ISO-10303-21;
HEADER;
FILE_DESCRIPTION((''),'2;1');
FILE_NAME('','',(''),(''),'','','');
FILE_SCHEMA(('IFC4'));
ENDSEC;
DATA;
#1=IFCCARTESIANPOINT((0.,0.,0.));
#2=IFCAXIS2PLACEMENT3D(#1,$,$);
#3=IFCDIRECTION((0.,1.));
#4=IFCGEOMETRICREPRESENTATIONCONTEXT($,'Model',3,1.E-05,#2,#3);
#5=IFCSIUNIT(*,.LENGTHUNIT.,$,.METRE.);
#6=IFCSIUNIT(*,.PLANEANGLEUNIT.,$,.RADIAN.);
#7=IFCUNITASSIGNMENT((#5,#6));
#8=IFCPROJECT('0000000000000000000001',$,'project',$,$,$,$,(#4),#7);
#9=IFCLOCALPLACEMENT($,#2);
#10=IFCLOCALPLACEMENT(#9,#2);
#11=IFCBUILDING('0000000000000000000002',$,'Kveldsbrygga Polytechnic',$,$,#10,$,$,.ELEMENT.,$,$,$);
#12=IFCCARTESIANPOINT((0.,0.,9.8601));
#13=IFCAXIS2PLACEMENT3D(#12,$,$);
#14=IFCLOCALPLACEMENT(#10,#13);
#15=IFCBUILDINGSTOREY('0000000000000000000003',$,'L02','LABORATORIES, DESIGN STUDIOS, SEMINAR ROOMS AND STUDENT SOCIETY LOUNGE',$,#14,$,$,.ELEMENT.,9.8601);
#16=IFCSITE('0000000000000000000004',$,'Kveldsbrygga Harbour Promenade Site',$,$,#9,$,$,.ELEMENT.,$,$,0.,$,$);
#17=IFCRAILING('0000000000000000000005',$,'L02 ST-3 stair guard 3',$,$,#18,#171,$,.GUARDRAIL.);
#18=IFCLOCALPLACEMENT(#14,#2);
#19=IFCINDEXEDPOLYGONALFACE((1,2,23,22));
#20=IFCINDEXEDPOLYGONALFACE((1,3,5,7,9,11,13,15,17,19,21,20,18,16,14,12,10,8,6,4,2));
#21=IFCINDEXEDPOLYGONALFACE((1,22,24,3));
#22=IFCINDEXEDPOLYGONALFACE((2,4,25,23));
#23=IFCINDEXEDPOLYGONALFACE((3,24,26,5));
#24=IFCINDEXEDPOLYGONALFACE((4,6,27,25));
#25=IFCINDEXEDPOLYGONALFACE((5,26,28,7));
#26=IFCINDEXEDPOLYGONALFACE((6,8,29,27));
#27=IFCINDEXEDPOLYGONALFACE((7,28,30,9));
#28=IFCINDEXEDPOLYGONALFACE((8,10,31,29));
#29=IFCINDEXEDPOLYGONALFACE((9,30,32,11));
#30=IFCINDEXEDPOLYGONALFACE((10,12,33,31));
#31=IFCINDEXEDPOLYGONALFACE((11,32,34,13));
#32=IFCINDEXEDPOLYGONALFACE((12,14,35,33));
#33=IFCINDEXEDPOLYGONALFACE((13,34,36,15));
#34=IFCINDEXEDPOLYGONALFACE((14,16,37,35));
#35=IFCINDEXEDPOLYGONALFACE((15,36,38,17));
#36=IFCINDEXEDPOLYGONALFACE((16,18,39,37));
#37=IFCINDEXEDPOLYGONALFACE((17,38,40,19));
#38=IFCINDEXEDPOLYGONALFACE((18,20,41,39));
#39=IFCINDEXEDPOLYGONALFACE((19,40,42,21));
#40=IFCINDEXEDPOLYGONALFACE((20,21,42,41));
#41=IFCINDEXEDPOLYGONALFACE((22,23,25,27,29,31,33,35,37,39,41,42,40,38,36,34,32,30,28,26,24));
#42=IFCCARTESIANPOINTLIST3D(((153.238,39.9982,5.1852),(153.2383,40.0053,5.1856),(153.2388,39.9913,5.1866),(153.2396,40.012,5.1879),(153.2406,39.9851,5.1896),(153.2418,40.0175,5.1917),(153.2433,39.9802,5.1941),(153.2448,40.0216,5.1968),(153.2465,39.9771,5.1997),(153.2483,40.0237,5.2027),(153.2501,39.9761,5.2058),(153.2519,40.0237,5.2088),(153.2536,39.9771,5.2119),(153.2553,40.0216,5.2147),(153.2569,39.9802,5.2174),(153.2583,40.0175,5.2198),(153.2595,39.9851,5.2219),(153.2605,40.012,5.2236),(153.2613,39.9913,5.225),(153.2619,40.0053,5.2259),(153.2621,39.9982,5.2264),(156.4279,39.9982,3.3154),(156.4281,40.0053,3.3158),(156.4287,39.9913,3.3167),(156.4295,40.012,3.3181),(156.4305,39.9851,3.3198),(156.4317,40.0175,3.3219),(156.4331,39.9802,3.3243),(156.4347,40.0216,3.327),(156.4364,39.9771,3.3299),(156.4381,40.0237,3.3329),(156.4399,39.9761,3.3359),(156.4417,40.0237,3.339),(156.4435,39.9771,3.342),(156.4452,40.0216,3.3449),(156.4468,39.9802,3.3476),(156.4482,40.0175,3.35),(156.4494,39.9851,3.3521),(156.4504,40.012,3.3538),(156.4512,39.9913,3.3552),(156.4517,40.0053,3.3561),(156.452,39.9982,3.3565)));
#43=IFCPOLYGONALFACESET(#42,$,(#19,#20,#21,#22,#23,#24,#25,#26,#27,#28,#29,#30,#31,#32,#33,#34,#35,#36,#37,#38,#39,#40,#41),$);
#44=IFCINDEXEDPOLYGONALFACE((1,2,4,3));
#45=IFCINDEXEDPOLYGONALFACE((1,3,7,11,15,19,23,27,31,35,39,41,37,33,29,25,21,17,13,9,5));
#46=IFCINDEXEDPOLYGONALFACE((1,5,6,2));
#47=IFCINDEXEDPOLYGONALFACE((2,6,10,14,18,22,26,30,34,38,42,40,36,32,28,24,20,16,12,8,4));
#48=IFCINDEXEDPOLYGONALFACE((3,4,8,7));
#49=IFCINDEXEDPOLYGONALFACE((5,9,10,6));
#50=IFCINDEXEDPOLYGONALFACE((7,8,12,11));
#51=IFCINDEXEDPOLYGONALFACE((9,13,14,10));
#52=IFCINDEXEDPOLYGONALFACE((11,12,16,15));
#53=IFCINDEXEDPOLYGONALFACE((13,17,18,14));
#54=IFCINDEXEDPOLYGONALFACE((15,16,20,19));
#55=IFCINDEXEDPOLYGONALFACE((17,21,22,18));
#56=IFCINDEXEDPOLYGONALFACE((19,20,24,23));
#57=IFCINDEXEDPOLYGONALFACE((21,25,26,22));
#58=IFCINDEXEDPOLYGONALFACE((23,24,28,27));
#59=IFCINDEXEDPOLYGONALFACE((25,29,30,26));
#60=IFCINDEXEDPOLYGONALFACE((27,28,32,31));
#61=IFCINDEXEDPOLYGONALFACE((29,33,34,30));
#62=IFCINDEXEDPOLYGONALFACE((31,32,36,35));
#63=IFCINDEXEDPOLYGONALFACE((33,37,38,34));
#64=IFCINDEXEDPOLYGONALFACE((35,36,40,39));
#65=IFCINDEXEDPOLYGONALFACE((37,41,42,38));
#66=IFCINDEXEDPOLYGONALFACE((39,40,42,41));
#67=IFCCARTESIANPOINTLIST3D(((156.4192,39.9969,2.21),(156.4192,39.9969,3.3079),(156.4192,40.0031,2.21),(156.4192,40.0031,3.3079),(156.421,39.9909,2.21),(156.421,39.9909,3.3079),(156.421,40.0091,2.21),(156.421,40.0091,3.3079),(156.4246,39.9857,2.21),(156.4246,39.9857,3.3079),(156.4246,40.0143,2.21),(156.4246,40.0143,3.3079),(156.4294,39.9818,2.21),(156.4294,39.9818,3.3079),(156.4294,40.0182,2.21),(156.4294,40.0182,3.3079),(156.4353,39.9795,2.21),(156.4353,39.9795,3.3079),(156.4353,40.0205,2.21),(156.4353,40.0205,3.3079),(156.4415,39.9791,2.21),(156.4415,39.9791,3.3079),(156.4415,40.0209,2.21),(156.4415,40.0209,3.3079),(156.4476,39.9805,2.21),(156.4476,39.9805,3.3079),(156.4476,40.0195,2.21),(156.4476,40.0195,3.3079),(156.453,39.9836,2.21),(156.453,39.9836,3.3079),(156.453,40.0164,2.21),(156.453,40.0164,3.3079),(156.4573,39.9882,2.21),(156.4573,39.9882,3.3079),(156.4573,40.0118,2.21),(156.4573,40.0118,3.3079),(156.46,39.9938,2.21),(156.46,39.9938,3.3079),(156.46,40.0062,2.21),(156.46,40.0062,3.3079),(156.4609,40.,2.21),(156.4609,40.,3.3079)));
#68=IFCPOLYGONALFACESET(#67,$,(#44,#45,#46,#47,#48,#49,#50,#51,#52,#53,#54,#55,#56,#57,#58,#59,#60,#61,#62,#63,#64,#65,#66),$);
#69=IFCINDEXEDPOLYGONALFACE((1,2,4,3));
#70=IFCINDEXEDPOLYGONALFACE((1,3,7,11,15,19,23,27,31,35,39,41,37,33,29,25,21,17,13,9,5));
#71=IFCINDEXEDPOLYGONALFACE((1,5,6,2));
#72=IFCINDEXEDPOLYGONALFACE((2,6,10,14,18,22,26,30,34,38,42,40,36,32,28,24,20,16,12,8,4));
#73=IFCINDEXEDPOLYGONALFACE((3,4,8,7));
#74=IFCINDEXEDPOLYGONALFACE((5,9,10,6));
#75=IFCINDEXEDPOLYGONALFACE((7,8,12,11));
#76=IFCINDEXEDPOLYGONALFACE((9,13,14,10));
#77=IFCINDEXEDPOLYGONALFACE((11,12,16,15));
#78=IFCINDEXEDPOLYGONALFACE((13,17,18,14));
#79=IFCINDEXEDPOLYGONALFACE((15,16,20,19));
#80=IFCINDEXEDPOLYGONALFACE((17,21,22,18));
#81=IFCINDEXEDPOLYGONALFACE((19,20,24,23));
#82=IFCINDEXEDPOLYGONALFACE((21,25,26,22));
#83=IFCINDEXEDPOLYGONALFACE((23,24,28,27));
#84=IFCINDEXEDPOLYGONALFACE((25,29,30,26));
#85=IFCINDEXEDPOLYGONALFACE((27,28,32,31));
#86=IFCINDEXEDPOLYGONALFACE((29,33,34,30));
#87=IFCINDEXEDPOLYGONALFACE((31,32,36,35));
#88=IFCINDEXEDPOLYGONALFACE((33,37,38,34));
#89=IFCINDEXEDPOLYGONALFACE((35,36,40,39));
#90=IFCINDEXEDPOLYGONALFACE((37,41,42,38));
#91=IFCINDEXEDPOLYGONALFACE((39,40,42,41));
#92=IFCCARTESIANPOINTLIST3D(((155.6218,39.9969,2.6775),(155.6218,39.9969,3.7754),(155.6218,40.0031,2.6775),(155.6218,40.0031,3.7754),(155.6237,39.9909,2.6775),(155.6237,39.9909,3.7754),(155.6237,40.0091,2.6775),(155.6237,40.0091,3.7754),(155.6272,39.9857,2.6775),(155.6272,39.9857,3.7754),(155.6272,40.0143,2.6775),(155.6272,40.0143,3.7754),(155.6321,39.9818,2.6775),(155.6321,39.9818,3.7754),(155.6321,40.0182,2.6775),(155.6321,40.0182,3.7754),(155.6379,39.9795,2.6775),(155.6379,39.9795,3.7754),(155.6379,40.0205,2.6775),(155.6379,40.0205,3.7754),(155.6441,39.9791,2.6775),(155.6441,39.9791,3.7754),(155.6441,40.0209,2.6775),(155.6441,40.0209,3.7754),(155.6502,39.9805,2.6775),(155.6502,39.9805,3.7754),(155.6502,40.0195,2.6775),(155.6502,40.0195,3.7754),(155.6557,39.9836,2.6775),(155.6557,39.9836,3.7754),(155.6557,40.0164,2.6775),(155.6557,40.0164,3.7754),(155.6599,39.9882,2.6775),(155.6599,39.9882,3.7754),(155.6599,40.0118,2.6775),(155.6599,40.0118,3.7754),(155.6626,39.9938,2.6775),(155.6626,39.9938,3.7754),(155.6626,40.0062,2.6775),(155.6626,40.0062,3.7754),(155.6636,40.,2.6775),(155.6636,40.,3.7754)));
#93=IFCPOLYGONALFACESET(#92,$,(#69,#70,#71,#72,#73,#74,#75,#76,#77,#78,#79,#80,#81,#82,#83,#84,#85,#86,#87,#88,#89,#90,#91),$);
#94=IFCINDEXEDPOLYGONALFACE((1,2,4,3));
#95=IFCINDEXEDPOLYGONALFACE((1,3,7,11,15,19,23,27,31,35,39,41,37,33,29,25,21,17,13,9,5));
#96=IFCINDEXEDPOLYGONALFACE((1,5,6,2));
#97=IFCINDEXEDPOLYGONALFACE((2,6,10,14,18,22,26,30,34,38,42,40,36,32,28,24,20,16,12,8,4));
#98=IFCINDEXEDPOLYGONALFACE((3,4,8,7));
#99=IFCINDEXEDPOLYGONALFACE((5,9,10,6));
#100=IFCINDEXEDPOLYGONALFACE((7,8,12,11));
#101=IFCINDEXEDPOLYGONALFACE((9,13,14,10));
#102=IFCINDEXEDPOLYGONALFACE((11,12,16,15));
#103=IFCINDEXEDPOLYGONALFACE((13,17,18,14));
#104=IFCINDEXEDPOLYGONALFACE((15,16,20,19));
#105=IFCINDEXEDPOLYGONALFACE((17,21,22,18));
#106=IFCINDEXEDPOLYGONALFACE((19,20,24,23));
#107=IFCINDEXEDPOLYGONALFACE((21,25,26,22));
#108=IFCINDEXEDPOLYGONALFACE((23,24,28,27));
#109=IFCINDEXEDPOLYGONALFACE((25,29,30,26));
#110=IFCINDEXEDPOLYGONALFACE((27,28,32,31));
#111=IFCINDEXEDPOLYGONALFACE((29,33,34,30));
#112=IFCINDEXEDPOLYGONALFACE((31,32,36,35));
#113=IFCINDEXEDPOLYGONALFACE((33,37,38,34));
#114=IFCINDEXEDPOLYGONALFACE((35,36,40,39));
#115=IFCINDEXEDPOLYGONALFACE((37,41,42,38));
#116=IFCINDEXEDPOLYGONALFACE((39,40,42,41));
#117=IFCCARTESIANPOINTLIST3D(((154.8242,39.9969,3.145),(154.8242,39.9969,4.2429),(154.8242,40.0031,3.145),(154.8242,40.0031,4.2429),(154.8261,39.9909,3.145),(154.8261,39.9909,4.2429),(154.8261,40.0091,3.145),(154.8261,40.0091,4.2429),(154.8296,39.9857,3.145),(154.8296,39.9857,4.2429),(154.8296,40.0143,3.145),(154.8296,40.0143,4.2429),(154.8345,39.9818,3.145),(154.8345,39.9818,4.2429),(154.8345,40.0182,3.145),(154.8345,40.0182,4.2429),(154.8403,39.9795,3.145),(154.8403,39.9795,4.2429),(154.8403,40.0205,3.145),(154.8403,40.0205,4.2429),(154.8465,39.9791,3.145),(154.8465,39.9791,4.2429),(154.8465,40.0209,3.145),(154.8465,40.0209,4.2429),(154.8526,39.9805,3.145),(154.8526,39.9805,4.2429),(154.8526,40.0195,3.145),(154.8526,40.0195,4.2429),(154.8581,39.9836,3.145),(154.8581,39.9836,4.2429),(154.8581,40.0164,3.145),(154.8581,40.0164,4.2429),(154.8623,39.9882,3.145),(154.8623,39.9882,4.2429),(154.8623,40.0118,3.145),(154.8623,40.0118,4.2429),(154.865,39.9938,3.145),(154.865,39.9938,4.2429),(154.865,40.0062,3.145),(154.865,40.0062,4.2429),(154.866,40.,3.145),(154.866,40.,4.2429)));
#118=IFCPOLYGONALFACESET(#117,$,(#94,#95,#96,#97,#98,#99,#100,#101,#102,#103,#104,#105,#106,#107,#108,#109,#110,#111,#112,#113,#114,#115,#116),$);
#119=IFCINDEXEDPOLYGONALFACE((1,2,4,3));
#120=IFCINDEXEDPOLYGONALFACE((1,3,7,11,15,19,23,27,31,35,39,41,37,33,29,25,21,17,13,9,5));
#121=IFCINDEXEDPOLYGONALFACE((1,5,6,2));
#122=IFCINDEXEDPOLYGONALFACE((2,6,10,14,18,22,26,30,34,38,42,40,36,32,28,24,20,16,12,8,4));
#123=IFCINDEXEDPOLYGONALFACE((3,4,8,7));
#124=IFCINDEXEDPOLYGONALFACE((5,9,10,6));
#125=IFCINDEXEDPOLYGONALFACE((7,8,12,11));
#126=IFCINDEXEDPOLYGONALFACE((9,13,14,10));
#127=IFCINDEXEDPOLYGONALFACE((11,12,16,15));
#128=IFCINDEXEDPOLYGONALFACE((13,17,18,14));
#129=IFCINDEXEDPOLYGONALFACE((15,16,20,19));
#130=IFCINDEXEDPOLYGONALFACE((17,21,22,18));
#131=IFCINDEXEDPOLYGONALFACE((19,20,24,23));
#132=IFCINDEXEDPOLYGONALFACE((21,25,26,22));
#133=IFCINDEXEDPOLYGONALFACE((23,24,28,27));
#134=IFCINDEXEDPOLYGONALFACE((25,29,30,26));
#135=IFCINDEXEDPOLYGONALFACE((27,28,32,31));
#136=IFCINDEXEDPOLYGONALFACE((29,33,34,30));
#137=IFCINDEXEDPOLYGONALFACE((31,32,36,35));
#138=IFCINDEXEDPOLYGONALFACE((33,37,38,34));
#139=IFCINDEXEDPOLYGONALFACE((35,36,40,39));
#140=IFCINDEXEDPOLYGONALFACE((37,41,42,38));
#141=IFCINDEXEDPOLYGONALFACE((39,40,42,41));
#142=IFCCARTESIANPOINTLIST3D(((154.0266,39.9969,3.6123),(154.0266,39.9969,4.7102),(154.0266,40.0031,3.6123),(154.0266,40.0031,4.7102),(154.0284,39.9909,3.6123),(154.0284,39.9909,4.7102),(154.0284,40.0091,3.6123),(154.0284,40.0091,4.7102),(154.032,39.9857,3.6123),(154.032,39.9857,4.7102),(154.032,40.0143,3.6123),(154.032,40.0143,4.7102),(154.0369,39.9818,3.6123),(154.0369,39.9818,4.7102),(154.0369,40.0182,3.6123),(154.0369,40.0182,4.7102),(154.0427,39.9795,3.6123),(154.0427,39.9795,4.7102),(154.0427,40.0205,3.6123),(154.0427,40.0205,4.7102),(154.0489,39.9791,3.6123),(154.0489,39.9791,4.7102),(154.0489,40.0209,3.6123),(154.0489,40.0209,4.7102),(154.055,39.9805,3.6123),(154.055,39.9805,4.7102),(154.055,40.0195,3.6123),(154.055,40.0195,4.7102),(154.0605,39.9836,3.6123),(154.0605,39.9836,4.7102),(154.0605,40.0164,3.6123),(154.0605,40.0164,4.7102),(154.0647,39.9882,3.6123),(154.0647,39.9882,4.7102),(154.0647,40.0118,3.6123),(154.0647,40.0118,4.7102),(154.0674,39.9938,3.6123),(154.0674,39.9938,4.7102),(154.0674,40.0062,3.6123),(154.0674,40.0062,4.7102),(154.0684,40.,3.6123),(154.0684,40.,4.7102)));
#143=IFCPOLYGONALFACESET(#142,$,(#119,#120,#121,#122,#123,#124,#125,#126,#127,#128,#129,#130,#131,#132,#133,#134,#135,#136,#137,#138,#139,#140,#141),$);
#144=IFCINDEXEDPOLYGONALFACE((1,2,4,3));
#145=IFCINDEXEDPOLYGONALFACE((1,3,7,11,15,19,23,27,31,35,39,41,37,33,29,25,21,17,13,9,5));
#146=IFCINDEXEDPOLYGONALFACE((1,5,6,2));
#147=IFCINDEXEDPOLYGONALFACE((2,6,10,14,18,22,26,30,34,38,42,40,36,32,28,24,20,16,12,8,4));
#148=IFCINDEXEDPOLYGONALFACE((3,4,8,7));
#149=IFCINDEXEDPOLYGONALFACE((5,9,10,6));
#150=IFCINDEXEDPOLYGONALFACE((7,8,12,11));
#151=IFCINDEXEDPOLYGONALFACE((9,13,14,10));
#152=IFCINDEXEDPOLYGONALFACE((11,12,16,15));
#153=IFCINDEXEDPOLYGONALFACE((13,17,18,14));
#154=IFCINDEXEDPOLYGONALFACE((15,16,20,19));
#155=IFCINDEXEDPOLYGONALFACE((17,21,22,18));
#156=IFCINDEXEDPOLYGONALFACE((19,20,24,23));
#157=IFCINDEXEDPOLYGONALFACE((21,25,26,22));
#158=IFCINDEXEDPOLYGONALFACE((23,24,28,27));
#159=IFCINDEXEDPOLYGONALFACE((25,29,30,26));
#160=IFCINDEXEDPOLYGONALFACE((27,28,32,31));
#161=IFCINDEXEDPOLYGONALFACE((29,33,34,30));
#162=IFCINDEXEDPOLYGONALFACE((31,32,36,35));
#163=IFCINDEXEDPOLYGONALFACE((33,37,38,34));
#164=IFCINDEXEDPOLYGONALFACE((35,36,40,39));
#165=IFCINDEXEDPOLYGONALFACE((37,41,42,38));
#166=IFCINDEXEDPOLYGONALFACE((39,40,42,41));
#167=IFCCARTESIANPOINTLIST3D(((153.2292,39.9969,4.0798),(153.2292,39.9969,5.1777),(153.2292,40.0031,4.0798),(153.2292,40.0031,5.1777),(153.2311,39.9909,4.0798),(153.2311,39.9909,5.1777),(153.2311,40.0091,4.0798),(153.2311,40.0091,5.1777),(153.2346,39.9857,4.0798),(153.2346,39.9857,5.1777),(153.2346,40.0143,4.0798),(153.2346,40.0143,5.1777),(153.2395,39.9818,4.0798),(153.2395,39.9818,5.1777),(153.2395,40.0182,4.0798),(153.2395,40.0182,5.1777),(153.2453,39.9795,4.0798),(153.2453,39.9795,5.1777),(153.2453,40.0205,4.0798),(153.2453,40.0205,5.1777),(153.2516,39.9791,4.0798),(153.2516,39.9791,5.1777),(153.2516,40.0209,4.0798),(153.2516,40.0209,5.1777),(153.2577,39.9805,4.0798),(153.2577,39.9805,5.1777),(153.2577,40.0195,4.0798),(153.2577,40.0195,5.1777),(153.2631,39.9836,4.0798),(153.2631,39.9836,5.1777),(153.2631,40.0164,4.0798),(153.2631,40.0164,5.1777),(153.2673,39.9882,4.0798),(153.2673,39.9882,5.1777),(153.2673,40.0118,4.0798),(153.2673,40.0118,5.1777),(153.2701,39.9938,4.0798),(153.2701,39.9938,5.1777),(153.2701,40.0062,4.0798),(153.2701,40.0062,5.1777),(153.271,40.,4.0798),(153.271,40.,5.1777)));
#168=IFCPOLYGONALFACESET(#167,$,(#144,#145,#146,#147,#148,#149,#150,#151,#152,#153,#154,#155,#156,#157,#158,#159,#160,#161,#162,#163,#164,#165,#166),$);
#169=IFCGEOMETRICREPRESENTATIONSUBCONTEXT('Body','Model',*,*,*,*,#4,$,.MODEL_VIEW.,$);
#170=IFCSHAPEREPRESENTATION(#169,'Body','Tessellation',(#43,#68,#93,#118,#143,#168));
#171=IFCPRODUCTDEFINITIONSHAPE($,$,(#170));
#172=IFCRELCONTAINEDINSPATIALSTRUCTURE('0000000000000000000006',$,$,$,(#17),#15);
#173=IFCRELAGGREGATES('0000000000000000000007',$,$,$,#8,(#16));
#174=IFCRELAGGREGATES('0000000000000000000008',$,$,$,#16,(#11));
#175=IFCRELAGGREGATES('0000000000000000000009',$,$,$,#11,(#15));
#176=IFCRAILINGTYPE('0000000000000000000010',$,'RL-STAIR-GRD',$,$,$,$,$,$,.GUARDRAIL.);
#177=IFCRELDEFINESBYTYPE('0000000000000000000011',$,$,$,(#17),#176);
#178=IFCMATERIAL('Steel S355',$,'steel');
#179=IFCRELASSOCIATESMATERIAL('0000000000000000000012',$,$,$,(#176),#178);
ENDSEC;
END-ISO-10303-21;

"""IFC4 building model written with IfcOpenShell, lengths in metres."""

from ifc_helpers import new_model, si_unit, direction, frame, origin, origin_2d, place, context, subcontext, project, spatial, circle, extrude, material, type_object, element, save


model = new_model("IFC4")

# Units and contexts
model_context = context("Model", 3, precision=1e-05, world=origin(), true_north=direction((0.0, 1.0)))
body_context = subcontext(model_context, "Body", "Model", "MODEL_VIEW")
ifc_project = project(units=[si_unit("LENGTHUNIT", "METRE"), si_unit("PLANEANGLEUNIT", "RADIAN")], contexts=[model_context])

# Site, building, storey
site_placement = place(None, origin())
site = spatial("IfcSite", under=ifc_project, at=site_placement, Name="Kveldsbrygga Harbour Promenade Site", CompositionType="ELEMENT", RefElevation=0.0)
building_placement = place(site_placement, origin())
building = spatial("IfcBuilding", under=site, at=building_placement, Name="Kveldsbrygga Polytechnic", CompositionType="ELEMENT")
storey_placement = place(building_placement, frame((0.0, 0.0, 9.8601)))
storey = spatial("IfcBuildingStorey", under=building, at=storey_placement, Name="L02", Description="LABORATORIES, DESIGN STUDIOS, SEMINAR ROOMS AND STUDENT SOCIETY LOUNGE", CompositionType="ELEMENT", Elevation=9.8601)

# Shared definitions
ifc_material_1 = material(Name="Steel S355", Category="steel")

# Railing
railing_type_1 = type_object("IfcRailingType", Name="RL-STAIR-GRD", PredefinedType="GUARDRAIL", material=ifc_material_1)
railing_1_placement = place(storey_placement, frame((156.4399, 40.0, 2.21)))
element("IfcRailing", 1, at=railing_1_placement, inside=storey, type_object=railing_type_1, Name="L02 ST-3 stair guard 3", PredefinedType="GUARDRAIL", context=body_context, shape_type="SweptSolid", body=[
    extrude(circle(Radius=0.0239, at=origin_2d()), frame((0.0, 0.0, 1.126), z_axis=(-0.862709, 0.0, 0.505701), x_axis=(0.0, -1.0, 0.0)), (0.0, 0.0, 1.0), 3.6975),
    extrude(circle(Radius=0.021, at=origin_2d()), origin(), (0.0, 0.0, 1.0), 1.0979),
    extrude(circle(Radius=0.021, at=origin_2d()), frame((-0.7974, 0.0, 0.4675)), (0.0, 0.0, 1.0), 1.0979),
    extrude(circle(Radius=0.021, at=origin_2d()), frame((-1.595, 0.0, 0.9351)), (0.0, 0.0, 1.0), 1.0979),
    extrude(circle(Radius=0.021, at=origin_2d()), frame((-2.3926, 0.0, 1.4023)), (0.0, 0.0, 1.0), 1.0979),
    extrude(circle(Radius=0.021, at=origin_2d()), frame((-3.1899, 0.0, 1.8699)), (0.0, 0.0, 1.0), 1.0979),
])

save(model, "model.ifc")
